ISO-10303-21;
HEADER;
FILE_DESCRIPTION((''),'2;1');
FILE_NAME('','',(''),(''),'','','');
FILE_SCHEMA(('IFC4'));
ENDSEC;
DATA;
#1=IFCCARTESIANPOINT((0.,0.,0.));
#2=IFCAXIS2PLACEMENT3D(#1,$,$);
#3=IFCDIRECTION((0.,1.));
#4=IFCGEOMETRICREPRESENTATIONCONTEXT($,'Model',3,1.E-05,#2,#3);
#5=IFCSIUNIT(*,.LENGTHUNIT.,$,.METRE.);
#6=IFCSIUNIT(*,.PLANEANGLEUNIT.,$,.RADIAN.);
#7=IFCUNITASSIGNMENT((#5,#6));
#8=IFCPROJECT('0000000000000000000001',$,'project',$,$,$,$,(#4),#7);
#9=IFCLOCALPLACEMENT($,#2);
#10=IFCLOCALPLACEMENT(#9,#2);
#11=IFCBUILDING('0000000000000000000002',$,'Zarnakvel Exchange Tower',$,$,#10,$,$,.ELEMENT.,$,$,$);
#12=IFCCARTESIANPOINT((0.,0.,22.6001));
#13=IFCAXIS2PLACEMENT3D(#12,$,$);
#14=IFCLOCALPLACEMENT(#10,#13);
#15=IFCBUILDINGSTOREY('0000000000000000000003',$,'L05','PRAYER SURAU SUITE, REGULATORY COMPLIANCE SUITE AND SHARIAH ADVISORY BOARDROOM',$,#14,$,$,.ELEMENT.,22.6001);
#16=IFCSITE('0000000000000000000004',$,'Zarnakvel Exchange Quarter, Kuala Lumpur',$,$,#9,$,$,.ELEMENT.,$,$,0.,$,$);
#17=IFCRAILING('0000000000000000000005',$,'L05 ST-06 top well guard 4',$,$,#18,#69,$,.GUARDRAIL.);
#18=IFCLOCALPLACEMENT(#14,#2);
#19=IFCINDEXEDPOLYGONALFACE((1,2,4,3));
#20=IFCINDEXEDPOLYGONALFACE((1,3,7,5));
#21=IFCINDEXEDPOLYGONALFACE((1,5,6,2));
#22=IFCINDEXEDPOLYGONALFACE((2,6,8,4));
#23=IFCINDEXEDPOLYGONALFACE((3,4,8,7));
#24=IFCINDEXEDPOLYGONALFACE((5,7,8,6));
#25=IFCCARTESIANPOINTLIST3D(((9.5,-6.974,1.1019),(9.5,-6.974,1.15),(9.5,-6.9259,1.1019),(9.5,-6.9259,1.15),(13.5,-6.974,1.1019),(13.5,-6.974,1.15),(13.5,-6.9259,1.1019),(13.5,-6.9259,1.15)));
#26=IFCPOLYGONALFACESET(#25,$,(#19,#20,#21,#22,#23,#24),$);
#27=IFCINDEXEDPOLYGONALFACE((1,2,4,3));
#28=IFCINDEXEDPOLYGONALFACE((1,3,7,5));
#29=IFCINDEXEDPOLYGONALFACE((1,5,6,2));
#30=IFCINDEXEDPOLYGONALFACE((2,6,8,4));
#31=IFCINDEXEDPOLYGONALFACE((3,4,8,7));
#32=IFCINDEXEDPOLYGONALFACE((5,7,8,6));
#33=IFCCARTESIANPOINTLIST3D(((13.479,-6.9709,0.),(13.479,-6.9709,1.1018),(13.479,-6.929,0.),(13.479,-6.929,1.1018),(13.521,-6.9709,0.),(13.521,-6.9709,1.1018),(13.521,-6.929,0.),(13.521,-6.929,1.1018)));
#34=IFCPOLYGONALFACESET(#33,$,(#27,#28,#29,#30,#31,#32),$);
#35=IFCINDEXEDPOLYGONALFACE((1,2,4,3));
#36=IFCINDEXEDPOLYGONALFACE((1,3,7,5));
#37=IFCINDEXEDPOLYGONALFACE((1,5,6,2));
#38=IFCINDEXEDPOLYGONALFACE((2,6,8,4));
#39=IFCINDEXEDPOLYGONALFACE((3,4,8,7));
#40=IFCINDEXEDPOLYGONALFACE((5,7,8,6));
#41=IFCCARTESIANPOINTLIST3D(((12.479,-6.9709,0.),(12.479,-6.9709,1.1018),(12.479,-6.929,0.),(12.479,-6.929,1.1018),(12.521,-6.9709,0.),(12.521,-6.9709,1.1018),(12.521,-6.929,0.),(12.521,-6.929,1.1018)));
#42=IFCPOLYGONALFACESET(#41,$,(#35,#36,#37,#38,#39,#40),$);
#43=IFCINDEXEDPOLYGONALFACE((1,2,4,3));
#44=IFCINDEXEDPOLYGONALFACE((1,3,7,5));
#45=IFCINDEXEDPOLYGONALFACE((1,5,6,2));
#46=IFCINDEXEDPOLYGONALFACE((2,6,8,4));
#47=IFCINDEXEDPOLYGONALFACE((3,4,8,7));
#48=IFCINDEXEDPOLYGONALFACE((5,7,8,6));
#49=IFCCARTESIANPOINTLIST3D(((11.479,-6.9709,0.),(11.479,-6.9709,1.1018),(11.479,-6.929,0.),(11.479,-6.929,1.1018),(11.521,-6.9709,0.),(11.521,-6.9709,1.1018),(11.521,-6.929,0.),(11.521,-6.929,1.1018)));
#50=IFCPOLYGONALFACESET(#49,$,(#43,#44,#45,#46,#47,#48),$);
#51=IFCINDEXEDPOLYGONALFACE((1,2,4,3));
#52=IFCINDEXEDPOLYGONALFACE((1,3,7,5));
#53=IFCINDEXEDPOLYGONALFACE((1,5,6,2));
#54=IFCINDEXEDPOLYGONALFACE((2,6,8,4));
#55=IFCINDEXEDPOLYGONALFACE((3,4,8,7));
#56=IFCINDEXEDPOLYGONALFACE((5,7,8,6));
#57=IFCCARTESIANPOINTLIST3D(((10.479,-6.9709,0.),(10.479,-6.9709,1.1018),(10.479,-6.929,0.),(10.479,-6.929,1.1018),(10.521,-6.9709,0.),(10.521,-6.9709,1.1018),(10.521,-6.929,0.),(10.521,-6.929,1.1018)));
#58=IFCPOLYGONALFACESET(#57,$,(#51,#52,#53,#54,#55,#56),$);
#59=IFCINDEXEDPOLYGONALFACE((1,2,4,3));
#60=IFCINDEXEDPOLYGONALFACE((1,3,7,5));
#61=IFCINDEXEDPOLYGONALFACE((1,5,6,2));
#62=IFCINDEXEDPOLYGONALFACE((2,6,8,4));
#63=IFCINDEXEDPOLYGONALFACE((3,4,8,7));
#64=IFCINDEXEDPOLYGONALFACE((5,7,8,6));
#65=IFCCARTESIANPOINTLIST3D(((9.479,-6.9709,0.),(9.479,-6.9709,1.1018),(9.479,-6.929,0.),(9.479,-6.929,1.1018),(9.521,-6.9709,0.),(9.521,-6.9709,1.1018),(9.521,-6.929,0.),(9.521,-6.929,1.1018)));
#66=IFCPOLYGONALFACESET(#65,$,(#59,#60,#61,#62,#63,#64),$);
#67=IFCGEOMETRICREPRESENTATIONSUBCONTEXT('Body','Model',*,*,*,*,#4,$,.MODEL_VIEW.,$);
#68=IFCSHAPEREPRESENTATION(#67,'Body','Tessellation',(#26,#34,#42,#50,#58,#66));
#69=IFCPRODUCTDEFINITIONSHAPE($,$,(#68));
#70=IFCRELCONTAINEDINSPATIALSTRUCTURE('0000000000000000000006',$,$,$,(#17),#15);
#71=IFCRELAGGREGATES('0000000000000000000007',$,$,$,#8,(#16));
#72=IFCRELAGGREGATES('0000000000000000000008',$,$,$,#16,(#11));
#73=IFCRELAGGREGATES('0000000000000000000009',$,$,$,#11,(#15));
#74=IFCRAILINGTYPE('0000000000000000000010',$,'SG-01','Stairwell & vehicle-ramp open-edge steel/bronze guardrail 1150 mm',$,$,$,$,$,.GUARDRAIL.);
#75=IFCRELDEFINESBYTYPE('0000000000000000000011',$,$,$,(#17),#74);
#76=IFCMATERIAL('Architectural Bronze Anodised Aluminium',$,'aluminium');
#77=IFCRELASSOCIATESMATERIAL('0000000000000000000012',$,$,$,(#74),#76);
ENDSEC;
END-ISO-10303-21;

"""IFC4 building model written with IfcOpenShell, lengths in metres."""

from ifc_helpers import new_model, si_unit, direction, frame, origin, origin_2d, place, context, subcontext, project, spatial, rectangle, extrude, material, type_object, element, save


model = new_model("IFC4")

# Units and contexts
model_context = context("Model", 3, precision=1e-05, world=origin(), true_north=direction((0.0, 1.0)))
body_context = subcontext(model_context, "Body", "Model", "MODEL_VIEW")
ifc_project = project(units=[si_unit("LENGTHUNIT", "METRE"), si_unit("PLANEANGLEUNIT", "RADIAN")], contexts=[model_context])

# Site, building, storey
site_placement = place(None, origin())
site = spatial("IfcSite", under=ifc_project, at=site_placement, Name="Zarnakvel Exchange Quarter, Kuala Lumpur", CompositionType="ELEMENT", RefElevation=0.0)
building_placement = place(site_placement, origin())
building = spatial("IfcBuilding", under=site, at=building_placement, Name="Zarnakvel Exchange Tower", CompositionType="ELEMENT")
storey_placement = place(building_placement, frame((0.0, 0.0, 22.6001)))
storey = spatial("IfcBuildingStorey", under=building, at=storey_placement, Name="L05", Description="PRAYER SURAU SUITE, REGULATORY COMPLIANCE SUITE AND SHARIAH ADVISORY BOARDROOM", CompositionType="ELEMENT", Elevation=22.6001)

# Railing
ifc_material_1 = material(Name="Architectural Bronze Anodised Aluminium", Category="aluminium")
railing_type = type_object("IfcRailingType", Name="SG-01", Description="Stairwell & vehicle-ramp open-edge steel/bronze guardrail 1150 mm", PredefinedType="GUARDRAIL", material=ifc_material_1)
railing_1_placement = place(storey_placement, frame((13.5, -6.95, 0.0)))
element("IfcRailing", 1, at=railing_1_placement, inside=storey, type_object=railing_type, Name="L05 ST-06 top well guard 4", PredefinedType="GUARDRAIL", context=body_context, shape_type="SweptSolid", body=[
    extrude(rectangle(XDim=0.0481, YDim=0.0481, at=origin_2d()), frame((0.0, 0.0, 1.126), z_axis=(-1.0, 0.0, 0.0), x_axis=(0.0, -1.0, 0.0)), (0.0, 0.0, 1.0), 4.0),
    extrude(rectangle(XDim=0.042, YDim=0.042, at=origin_2d()), origin(), (0.0, 0.0, 1.0), 1.1018),
    extrude(rectangle(XDim=0.042, YDim=0.042, at=origin_2d()), frame((-1.0, 0.0, 0.0)), (0.0, 0.0, 1.0), 1.1018),
    extrude(rectangle(XDim=0.042, YDim=0.042, at=origin_2d()), frame((-2.0, 0.0, 0.0)), (0.0, 0.0, 1.0), 1.1018),
    extrude(rectangle(XDim=0.042, YDim=0.042, at=origin_2d()), frame((-3.0, 0.0, 0.0)), (0.0, 0.0, 1.0), 1.1018),
    extrude(rectangle(XDim=0.042, YDim=0.042, at=origin_2d()), frame((-4.0, 0.0, 0.0)), (0.0, 0.0, 1.0), 1.1018),
])

save(model, "model.ifc")
